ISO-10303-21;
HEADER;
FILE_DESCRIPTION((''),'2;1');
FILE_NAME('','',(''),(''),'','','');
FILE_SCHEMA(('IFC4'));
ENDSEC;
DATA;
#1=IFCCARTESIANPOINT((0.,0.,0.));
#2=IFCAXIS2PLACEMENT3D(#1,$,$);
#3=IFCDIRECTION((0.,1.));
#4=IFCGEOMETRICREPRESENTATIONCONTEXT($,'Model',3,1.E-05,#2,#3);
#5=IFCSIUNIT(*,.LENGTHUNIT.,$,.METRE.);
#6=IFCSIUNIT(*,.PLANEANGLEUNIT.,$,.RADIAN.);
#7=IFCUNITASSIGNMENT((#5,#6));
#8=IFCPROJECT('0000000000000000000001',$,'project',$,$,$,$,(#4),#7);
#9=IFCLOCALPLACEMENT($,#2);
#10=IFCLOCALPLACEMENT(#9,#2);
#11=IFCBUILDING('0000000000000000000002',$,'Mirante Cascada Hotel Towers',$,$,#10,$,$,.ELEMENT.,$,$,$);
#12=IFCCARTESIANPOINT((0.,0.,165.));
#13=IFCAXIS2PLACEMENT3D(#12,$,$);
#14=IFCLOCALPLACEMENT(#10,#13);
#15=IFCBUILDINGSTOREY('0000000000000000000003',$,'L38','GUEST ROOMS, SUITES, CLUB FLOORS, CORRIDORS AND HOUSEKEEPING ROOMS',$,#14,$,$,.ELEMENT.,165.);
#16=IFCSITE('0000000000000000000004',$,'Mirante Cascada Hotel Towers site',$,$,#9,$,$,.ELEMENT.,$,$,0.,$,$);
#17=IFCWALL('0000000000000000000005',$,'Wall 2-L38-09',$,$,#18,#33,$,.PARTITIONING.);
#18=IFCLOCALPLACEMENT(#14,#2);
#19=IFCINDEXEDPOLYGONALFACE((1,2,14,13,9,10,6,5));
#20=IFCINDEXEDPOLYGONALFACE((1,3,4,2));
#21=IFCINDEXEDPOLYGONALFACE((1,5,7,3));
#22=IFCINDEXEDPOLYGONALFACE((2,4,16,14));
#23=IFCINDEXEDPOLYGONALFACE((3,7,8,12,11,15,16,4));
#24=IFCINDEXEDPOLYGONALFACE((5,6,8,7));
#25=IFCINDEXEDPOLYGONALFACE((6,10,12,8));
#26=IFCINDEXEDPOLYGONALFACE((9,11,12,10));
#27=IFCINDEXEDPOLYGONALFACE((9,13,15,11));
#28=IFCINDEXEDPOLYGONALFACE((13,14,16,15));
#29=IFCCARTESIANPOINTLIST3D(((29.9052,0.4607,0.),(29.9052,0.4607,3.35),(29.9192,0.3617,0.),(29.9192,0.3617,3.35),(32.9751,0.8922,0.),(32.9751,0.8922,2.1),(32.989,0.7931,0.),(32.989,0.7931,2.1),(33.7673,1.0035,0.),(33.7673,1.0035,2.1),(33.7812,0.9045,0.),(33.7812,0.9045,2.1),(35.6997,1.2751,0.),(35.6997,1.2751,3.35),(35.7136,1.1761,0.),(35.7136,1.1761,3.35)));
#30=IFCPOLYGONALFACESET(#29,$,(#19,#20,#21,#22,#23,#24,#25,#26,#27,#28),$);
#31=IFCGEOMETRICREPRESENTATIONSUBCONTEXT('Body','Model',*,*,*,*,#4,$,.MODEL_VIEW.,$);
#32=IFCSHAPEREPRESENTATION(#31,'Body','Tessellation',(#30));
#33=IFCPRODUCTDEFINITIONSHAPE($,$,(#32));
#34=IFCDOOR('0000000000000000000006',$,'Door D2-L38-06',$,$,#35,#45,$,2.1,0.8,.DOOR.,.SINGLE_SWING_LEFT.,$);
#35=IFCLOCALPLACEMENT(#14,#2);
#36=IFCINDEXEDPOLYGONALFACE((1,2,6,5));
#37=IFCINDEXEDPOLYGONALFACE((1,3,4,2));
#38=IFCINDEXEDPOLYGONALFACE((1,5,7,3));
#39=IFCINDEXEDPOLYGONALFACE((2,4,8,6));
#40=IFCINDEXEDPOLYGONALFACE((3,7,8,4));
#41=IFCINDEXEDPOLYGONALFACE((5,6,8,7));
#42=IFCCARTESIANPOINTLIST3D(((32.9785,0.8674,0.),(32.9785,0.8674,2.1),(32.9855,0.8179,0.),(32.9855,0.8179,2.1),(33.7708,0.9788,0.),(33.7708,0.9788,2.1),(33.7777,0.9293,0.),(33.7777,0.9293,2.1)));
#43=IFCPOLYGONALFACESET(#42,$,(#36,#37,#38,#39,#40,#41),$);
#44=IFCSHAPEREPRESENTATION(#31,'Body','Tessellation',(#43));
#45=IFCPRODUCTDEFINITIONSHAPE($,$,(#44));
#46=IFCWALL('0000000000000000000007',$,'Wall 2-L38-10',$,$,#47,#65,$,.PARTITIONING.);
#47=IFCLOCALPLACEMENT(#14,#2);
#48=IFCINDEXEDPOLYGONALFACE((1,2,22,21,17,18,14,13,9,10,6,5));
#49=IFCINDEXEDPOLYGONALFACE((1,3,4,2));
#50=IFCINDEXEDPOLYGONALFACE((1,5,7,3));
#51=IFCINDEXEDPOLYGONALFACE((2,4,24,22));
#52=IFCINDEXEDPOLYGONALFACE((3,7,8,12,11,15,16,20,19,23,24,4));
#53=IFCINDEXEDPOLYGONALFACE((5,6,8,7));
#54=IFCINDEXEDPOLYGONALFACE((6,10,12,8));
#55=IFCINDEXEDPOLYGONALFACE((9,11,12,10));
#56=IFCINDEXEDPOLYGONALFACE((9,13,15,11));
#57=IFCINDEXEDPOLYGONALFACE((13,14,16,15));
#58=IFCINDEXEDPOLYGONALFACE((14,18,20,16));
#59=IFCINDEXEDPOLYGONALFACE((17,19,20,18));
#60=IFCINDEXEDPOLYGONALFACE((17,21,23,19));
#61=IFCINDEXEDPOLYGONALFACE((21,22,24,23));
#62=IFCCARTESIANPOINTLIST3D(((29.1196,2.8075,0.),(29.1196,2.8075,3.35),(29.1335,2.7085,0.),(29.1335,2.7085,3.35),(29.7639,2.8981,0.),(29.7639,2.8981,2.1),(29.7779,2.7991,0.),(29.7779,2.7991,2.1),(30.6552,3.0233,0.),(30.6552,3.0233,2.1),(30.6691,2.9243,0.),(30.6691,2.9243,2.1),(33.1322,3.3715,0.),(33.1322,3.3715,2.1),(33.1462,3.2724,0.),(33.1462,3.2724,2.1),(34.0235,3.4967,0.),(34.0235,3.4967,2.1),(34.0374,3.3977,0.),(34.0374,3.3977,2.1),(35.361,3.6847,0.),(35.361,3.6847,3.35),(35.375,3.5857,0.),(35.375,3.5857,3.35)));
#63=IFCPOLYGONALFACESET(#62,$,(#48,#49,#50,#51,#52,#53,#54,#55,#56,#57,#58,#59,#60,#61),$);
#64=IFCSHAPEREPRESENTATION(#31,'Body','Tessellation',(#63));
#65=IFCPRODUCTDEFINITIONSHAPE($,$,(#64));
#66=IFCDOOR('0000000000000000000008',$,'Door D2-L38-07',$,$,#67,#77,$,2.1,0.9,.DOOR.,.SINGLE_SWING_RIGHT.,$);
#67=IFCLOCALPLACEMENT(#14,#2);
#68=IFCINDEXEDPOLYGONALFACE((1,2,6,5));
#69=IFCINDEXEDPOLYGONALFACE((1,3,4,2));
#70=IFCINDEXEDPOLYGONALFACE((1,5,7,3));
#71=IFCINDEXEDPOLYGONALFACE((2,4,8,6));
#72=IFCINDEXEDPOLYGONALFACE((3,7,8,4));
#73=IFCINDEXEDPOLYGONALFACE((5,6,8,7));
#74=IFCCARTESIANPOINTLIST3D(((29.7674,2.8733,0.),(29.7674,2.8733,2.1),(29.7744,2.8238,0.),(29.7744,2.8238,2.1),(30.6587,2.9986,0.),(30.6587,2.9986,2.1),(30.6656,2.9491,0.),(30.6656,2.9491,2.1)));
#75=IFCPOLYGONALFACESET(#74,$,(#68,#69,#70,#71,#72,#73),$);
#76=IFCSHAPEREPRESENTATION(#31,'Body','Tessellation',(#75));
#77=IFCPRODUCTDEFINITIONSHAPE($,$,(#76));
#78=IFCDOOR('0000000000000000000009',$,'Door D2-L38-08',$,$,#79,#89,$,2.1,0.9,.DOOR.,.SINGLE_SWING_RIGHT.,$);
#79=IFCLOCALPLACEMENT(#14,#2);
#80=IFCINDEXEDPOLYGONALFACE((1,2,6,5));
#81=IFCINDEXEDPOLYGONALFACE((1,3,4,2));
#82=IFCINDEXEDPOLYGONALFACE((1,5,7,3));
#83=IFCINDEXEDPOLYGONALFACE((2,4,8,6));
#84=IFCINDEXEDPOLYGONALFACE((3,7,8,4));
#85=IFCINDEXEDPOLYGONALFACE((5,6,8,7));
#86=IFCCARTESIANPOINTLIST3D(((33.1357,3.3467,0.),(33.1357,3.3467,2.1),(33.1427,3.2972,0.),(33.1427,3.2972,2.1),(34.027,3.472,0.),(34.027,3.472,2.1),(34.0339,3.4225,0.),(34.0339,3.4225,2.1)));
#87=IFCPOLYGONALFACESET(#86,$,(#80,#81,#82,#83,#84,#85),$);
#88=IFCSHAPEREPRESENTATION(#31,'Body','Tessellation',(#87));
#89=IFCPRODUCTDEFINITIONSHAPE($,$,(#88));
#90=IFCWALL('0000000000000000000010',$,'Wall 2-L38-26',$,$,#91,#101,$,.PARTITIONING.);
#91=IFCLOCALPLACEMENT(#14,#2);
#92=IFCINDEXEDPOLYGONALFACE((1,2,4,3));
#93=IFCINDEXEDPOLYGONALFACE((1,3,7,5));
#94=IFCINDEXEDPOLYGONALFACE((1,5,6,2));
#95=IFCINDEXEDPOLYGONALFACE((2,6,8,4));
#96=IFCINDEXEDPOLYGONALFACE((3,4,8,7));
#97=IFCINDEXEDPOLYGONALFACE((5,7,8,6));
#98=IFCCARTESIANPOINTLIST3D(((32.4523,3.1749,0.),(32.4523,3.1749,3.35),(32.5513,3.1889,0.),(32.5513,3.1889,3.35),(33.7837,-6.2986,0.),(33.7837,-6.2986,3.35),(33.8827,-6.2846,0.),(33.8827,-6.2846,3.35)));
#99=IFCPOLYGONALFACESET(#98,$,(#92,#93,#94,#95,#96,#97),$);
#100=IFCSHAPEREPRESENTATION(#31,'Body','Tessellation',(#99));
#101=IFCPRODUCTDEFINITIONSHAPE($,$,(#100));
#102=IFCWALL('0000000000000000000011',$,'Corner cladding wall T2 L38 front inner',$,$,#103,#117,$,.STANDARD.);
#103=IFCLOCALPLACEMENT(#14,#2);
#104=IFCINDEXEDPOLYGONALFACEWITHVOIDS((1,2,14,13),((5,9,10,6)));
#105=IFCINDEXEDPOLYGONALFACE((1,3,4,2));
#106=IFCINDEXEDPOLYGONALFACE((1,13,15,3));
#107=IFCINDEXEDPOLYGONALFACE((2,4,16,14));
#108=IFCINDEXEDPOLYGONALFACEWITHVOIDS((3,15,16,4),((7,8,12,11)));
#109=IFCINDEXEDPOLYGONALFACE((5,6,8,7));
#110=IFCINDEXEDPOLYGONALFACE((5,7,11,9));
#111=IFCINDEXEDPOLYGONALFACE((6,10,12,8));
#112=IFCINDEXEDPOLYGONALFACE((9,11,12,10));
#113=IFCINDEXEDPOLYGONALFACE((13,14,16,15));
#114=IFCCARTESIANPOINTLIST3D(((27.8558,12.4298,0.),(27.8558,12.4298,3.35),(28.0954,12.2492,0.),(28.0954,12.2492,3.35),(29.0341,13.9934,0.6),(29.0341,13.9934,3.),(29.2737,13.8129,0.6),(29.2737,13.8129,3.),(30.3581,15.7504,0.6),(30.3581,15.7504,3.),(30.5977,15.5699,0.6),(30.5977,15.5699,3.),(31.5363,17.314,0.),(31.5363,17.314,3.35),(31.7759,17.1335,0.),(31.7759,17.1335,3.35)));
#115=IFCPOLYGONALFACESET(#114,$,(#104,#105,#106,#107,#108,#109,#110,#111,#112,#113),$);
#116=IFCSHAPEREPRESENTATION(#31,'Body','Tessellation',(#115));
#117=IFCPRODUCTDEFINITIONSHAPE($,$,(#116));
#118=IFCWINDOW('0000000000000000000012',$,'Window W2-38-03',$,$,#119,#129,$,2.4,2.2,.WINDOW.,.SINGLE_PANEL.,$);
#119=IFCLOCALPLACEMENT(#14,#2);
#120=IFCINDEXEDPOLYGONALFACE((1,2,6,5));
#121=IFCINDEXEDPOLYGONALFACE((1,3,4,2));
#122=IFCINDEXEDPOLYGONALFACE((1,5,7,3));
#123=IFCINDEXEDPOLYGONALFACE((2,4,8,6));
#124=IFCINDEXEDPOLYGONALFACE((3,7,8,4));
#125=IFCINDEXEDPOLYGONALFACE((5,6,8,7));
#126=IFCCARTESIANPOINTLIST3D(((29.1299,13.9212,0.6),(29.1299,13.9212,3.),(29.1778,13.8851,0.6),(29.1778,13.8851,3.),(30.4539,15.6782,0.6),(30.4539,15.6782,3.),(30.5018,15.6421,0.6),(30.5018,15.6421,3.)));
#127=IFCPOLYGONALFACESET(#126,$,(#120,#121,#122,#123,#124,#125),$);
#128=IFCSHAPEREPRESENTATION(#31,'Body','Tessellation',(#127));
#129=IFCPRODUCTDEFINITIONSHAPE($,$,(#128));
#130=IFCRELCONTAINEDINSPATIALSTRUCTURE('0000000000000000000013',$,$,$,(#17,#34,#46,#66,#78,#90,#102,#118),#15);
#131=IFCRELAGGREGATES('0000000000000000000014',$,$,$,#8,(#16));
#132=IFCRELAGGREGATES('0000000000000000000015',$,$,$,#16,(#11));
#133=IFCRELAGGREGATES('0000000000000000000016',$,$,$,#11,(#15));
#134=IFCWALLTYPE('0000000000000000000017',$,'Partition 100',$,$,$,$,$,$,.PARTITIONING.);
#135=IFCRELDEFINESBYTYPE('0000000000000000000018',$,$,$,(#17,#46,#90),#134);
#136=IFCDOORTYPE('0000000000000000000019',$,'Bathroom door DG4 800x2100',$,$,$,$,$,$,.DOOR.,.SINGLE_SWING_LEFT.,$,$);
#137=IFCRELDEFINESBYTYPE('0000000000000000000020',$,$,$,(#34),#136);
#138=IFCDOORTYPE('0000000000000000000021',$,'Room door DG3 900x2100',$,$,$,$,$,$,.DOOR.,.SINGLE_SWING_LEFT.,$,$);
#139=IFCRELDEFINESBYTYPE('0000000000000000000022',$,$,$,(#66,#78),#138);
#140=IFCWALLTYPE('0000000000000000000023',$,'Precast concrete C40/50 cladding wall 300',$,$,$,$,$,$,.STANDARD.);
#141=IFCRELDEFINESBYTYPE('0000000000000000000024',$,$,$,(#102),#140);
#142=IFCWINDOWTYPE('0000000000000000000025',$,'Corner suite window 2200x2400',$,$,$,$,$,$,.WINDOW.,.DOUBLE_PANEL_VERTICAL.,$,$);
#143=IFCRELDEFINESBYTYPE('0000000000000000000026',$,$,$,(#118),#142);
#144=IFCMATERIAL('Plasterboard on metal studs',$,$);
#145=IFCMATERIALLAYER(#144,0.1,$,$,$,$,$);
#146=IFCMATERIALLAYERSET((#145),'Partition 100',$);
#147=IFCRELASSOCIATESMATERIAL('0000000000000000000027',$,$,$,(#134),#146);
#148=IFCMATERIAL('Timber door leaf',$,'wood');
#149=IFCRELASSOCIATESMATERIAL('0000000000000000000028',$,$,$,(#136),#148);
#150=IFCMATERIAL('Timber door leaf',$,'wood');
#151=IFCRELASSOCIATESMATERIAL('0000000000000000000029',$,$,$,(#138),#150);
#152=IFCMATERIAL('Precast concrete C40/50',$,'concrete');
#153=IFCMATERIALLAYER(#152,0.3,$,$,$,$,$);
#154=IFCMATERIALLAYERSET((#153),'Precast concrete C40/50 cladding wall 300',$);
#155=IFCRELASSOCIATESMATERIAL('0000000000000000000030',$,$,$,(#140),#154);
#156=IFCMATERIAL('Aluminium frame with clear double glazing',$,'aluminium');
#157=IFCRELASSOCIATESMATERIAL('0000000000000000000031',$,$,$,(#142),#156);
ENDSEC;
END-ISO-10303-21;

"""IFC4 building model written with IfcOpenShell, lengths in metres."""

from ifc_helpers import new_model, si_unit, direction, frame, frame_2d, origin, place, context, subcontext, project, spatial, rectangle, extrude, material, layer, layer_set, type_object, element, fill, save


model = new_model("IFC4")

# Units and contexts
model_context = context("Model", 3, precision=1e-05, world=origin(), true_north=direction((0.0, 1.0)))
body_context = subcontext(model_context, "Body", "Model", "MODEL_VIEW")
ifc_project = project(units=[si_unit("LENGTHUNIT", "METRE"), si_unit("PLANEANGLEUNIT", "RADIAN")], contexts=[model_context])

# Site, building, storey
site_placement = place(None, origin())
site = spatial("IfcSite", under=ifc_project, at=site_placement, Name="Mirante Cascada Hotel Towers site", CompositionType="ELEMENT", RefElevation=0.0)
building_placement = place(site_placement, origin())
building = spatial("IfcBuilding", under=site, at=building_placement, Name="Mirante Cascada Hotel Towers", CompositionType="ELEMENT")
storey_placement = place(building_placement, frame((0.0, 0.0, 165.0)))
storey = spatial("IfcBuildingStorey", under=building, at=storey_placement, Name="L38", Description="GUEST ROOMS, SUITES, CLUB FLOORS, CORRIDORS AND HOUSEKEEPING ROOMS", CompositionType="ELEMENT", Elevation=165.0)

# Wall, opening, door
ifc_material_1 = material(Name="Plasterboard on metal studs")
ifc_layer_1 = layer(ifc_material_1, 0.1)
ifc_layer_set_1 = layer_set([ifc_layer_1], Name="Partition 100")
wall_type_1 = type_object("IfcWallType", Name="Partition 100", PredefinedType="PARTITIONING", material=ifc_layer_set_1)
wall_1_placement = place(storey_placement, frame((29.9122, 0.4112, 0.0), z_axis=(0.0, 0.0, 1.0), x_axis=(0.990267, 0.139182, 0.0)))
wall_1 = element("IfcWall", 1, at=wall_1_placement, inside=storey, type_object=wall_type_1, Name="Wall 2-L38-09", PredefinedType="PARTITIONING", context=body_context, shape_type="SweptSolid", body=[
    extrude(rectangle(XDim=5.8514, YDim=0.1, at=frame_2d((2.9257, 0.0))), origin(), (0.0, 0.0, 1.0), 3.35),
])
opening_1_placement = place(wall_1_placement, frame((3.1, 0.0, 0.0)))
opening_1 = element("IfcOpeningElement", 2, at=opening_1_placement, cuts=wall_1, PredefinedType="OPENING", context=body_context, shape_type="SweptSolid", body=[
    extrude(rectangle(XDim=0.8, YDim=2.1, at=frame_2d((0.4, 1.05))), frame((0.0, 0.05, 0.0), z_axis=(0.0, -1.0, 0.0), x_axis=(1.0, 0.0, 0.0)), (0.0, 0.0, 1.0), 0.1),
])
ifc_material_2 = material(Name="Timber door leaf", Category="wood")
door_type_1 = type_object("IfcDoorType", Name="Bathroom door DG4 800x2100", OperationType="SINGLE_SWING_LEFT", PredefinedType="DOOR", material=ifc_material_2)
door_1_placement = place(opening_1_placement, origin())
door_1 = element("IfcDoor", 3, at=door_1_placement, inside=storey, type_object=door_type_1, Name="Door D2-L38-06", OperationType="SINGLE_SWING_LEFT", OverallHeight=2.1, OverallWidth=0.8, PredefinedType="DOOR", context=body_context, shape_type="SweptSolid", body=[
    extrude(rectangle(XDim=0.8, YDim=2.1, at=frame_2d((0.4, 1.05))), frame((0.0, 0.025, 0.0), z_axis=(0.0, -1.0, 0.0), x_axis=(1.0, 0.0, 0.0)), (0.0, 0.0, 1.0), 0.05),
])
fill(opening_1, door_1)

# Wall, openings, doors
wall_2_placement = place(storey_placement, frame((35.368, 3.6352, 0.0), z_axis=(0.0, 0.0, 1.0), x_axis=(-0.990268, -0.139175, 0.0)))
wall_2 = element("IfcWall", 4, at=wall_2_placement, inside=storey, type_object=wall_type_1, Name="Wall 2-L38-10", PredefinedType="PARTITIONING", context=body_context, shape_type="SweptSolid", body=[
    extrude(rectangle(XDim=6.3028, YDim=0.1, at=frame_2d((3.1514, 0.0))), origin(), (0.0, 0.0, 1.0), 3.35),
])
opening_2_placement = place(wall_2_placement, frame((4.7521, 0.0, 0.0)))
opening_2 = element("IfcOpeningElement", 5, at=opening_2_placement, cuts=wall_2, PredefinedType="OPENING", context=body_context, shape_type="SweptSolid", body=[
    extrude(rectangle(XDim=0.9, YDim=2.1, at=frame_2d((0.45, 1.05))), frame((0.0, 0.05, 0.0), z_axis=(0.0, -1.0, 0.0), x_axis=(1.0, 0.0, 0.0)), (0.0, 0.0, 1.0), 0.1),
])
opening_3_placement = place(wall_2_placement, frame((1.3507, 0.0, 0.0)))
opening_3 = element("IfcOpeningElement", 6, at=opening_3_placement, cuts=wall_2, PredefinedType="OPENING", context=body_context, shape_type="SweptSolid", body=[
    extrude(rectangle(XDim=0.9, YDim=2.1, at=frame_2d((0.45, 1.05))), frame((0.0, 0.05, 0.0), z_axis=(0.0, -1.0, 0.0), x_axis=(1.0, 0.0, 0.0)), (0.0, 0.0, 1.0), 0.1),
])
ifc_material_3 = material(Name="Timber door leaf", Category="wood")
door_type_2 = type_object("IfcDoorType", Name="Room door DG3 900x2100", OperationType="SINGLE_SWING_LEFT", PredefinedType="DOOR", material=ifc_material_3)
door_2_placement = place(opening_2_placement, frame((0.9, 0.0, 0.0), z_axis=(0.0, 0.0, 1.0), x_axis=(-1.0, 0.0, 0.0)))
door_2 = element("IfcDoor", 7, at=door_2_placement, inside=storey, type_object=door_type_2, Name="Door D2-L38-07", OperationType="SINGLE_SWING_RIGHT", OverallHeight=2.1, OverallWidth=0.9, PredefinedType="DOOR", context=body_context, shape_type="SweptSolid", body=[
    extrude(rectangle(XDim=0.9, YDim=2.1, at=frame_2d((0.45, 1.05))), frame((0.0, 0.025, 0.0), z_axis=(0.0, -1.0, 0.0), x_axis=(1.0, 0.0, 0.0)), (0.0, 0.0, 1.0), 0.05),
])
fill(opening_2, door_2)
door_3_placement = place(opening_3_placement, frame((0.9, 0.0, 0.0), z_axis=(0.0, 0.0, 1.0), x_axis=(-1.0, 0.0, 0.0)))
door_3 = element("IfcDoor", 8, at=door_3_placement, inside=storey, type_object=door_type_2, Name="Door D2-L38-08", OperationType="SINGLE_SWING_RIGHT", OverallHeight=2.1, OverallWidth=0.9, PredefinedType="DOOR", context=body_context, shape_type="SweptSolid", body=[
    extrude(rectangle(XDim=0.9, YDim=2.1, at=frame_2d((0.45, 1.05))), frame((0.0, 0.025, 0.0), z_axis=(0.0, -1.0, 0.0), x_axis=(1.0, 0.0, 0.0)), (0.0, 0.0, 1.0), 0.05),
])
fill(opening_3, door_3)

# Wall
wall_3_placement = place(storey_placement, frame((32.5018, 3.1819, 0.0), z_axis=(0.0, 0.0, 1.0), x_axis=(0.139172, -0.990268, 0.0)))
element("IfcWall", 9, at=wall_3_placement, inside=storey, type_object=wall_type_1, Name="Wall 2-L38-26", PredefinedType="PARTITIONING", context=body_context, shape_type="SweptSolid", body=[
    extrude(rectangle(XDim=9.5666, YDim=0.1, at=frame_2d((4.7833, 0.0))), origin(), (0.0, 0.0, 1.0), 3.35),
])

# Wall, opening, window
ifc_material_4 = material(Name="Precast concrete C40/50", Category="concrete")
ifc_layer_2 = layer(ifc_material_4, 0.3)
ifc_layer_set_2 = layer_set([ifc_layer_2], Name="Precast concrete C40/50 cladding wall 300")
wall_type_2 = type_object("IfcWallType", Name="Precast concrete C40/50 cladding wall 300", PredefinedType="STANDARD", material=ifc_layer_set_2)
wall_4_placement = place(storey_placement, frame((31.6561, 17.2237, 0.0), z_axis=(0.0, 0.0, 1.0), x_axis=(-0.601814, -0.798636, 0.0)))
wall_4 = element("IfcWall", 10, at=wall_4_placement, inside=storey, type_object=wall_type_2, Name="Corner cladding wall T2 L38 front inner", PredefinedType="STANDARD", context=body_context, shape_type="SweptSolid", body=[
    extrude(rectangle(XDim=6.1157, YDim=0.3, at=frame_2d((3.0578, 0.0))), origin(), (0.0, 0.0, 1.0), 3.35),
])
opening_4_placement = place(wall_4_placement, frame((1.9578, 0.0, 0.6)))
opening_4 = element("IfcOpeningElement", 11, at=opening_4_placement, cuts=wall_4, PredefinedType="OPENING", context=body_context, shape_type="SweptSolid", body=[
    extrude(rectangle(XDim=2.2, YDim=2.4, at=frame_2d((1.1, 1.2))), frame((0.0, 0.15, 0.0), z_axis=(0.0, -1.0, 0.0), x_axis=(1.0, 0.0, 0.0)), (0.0, 0.0, 1.0), 0.3),
])
ifc_material_5 = material(Name="Aluminium frame with clear double glazing", Category="aluminium")
window_type = type_object("IfcWindowType", Name="Corner suite window 2200x2400", PartitioningType="DOUBLE_PANEL_VERTICAL", PredefinedType="WINDOW", material=ifc_material_5)
window_placement = place(opening_4_placement, origin())
window = element("IfcWindow", 12, at=window_placement, inside=storey, type_object=window_type, Name="Window W2-38-03", OverallHeight=2.4, OverallWidth=2.2, PartitioningType="SINGLE_PANEL", PredefinedType="WINDOW", context=body_context, shape_type="SweptSolid", body=[
    extrude(rectangle(XDim=2.2, YDim=2.4, at=frame_2d((1.1, 1.2))), frame((0.0, 0.03, 0.0), z_axis=(0.0, -1.0, 0.0), x_axis=(1.0, 0.0, 0.0)), (0.0, 0.0, 1.0), 0.06),
])
fill(opening_4, window)

save(model, "model.ifc")
